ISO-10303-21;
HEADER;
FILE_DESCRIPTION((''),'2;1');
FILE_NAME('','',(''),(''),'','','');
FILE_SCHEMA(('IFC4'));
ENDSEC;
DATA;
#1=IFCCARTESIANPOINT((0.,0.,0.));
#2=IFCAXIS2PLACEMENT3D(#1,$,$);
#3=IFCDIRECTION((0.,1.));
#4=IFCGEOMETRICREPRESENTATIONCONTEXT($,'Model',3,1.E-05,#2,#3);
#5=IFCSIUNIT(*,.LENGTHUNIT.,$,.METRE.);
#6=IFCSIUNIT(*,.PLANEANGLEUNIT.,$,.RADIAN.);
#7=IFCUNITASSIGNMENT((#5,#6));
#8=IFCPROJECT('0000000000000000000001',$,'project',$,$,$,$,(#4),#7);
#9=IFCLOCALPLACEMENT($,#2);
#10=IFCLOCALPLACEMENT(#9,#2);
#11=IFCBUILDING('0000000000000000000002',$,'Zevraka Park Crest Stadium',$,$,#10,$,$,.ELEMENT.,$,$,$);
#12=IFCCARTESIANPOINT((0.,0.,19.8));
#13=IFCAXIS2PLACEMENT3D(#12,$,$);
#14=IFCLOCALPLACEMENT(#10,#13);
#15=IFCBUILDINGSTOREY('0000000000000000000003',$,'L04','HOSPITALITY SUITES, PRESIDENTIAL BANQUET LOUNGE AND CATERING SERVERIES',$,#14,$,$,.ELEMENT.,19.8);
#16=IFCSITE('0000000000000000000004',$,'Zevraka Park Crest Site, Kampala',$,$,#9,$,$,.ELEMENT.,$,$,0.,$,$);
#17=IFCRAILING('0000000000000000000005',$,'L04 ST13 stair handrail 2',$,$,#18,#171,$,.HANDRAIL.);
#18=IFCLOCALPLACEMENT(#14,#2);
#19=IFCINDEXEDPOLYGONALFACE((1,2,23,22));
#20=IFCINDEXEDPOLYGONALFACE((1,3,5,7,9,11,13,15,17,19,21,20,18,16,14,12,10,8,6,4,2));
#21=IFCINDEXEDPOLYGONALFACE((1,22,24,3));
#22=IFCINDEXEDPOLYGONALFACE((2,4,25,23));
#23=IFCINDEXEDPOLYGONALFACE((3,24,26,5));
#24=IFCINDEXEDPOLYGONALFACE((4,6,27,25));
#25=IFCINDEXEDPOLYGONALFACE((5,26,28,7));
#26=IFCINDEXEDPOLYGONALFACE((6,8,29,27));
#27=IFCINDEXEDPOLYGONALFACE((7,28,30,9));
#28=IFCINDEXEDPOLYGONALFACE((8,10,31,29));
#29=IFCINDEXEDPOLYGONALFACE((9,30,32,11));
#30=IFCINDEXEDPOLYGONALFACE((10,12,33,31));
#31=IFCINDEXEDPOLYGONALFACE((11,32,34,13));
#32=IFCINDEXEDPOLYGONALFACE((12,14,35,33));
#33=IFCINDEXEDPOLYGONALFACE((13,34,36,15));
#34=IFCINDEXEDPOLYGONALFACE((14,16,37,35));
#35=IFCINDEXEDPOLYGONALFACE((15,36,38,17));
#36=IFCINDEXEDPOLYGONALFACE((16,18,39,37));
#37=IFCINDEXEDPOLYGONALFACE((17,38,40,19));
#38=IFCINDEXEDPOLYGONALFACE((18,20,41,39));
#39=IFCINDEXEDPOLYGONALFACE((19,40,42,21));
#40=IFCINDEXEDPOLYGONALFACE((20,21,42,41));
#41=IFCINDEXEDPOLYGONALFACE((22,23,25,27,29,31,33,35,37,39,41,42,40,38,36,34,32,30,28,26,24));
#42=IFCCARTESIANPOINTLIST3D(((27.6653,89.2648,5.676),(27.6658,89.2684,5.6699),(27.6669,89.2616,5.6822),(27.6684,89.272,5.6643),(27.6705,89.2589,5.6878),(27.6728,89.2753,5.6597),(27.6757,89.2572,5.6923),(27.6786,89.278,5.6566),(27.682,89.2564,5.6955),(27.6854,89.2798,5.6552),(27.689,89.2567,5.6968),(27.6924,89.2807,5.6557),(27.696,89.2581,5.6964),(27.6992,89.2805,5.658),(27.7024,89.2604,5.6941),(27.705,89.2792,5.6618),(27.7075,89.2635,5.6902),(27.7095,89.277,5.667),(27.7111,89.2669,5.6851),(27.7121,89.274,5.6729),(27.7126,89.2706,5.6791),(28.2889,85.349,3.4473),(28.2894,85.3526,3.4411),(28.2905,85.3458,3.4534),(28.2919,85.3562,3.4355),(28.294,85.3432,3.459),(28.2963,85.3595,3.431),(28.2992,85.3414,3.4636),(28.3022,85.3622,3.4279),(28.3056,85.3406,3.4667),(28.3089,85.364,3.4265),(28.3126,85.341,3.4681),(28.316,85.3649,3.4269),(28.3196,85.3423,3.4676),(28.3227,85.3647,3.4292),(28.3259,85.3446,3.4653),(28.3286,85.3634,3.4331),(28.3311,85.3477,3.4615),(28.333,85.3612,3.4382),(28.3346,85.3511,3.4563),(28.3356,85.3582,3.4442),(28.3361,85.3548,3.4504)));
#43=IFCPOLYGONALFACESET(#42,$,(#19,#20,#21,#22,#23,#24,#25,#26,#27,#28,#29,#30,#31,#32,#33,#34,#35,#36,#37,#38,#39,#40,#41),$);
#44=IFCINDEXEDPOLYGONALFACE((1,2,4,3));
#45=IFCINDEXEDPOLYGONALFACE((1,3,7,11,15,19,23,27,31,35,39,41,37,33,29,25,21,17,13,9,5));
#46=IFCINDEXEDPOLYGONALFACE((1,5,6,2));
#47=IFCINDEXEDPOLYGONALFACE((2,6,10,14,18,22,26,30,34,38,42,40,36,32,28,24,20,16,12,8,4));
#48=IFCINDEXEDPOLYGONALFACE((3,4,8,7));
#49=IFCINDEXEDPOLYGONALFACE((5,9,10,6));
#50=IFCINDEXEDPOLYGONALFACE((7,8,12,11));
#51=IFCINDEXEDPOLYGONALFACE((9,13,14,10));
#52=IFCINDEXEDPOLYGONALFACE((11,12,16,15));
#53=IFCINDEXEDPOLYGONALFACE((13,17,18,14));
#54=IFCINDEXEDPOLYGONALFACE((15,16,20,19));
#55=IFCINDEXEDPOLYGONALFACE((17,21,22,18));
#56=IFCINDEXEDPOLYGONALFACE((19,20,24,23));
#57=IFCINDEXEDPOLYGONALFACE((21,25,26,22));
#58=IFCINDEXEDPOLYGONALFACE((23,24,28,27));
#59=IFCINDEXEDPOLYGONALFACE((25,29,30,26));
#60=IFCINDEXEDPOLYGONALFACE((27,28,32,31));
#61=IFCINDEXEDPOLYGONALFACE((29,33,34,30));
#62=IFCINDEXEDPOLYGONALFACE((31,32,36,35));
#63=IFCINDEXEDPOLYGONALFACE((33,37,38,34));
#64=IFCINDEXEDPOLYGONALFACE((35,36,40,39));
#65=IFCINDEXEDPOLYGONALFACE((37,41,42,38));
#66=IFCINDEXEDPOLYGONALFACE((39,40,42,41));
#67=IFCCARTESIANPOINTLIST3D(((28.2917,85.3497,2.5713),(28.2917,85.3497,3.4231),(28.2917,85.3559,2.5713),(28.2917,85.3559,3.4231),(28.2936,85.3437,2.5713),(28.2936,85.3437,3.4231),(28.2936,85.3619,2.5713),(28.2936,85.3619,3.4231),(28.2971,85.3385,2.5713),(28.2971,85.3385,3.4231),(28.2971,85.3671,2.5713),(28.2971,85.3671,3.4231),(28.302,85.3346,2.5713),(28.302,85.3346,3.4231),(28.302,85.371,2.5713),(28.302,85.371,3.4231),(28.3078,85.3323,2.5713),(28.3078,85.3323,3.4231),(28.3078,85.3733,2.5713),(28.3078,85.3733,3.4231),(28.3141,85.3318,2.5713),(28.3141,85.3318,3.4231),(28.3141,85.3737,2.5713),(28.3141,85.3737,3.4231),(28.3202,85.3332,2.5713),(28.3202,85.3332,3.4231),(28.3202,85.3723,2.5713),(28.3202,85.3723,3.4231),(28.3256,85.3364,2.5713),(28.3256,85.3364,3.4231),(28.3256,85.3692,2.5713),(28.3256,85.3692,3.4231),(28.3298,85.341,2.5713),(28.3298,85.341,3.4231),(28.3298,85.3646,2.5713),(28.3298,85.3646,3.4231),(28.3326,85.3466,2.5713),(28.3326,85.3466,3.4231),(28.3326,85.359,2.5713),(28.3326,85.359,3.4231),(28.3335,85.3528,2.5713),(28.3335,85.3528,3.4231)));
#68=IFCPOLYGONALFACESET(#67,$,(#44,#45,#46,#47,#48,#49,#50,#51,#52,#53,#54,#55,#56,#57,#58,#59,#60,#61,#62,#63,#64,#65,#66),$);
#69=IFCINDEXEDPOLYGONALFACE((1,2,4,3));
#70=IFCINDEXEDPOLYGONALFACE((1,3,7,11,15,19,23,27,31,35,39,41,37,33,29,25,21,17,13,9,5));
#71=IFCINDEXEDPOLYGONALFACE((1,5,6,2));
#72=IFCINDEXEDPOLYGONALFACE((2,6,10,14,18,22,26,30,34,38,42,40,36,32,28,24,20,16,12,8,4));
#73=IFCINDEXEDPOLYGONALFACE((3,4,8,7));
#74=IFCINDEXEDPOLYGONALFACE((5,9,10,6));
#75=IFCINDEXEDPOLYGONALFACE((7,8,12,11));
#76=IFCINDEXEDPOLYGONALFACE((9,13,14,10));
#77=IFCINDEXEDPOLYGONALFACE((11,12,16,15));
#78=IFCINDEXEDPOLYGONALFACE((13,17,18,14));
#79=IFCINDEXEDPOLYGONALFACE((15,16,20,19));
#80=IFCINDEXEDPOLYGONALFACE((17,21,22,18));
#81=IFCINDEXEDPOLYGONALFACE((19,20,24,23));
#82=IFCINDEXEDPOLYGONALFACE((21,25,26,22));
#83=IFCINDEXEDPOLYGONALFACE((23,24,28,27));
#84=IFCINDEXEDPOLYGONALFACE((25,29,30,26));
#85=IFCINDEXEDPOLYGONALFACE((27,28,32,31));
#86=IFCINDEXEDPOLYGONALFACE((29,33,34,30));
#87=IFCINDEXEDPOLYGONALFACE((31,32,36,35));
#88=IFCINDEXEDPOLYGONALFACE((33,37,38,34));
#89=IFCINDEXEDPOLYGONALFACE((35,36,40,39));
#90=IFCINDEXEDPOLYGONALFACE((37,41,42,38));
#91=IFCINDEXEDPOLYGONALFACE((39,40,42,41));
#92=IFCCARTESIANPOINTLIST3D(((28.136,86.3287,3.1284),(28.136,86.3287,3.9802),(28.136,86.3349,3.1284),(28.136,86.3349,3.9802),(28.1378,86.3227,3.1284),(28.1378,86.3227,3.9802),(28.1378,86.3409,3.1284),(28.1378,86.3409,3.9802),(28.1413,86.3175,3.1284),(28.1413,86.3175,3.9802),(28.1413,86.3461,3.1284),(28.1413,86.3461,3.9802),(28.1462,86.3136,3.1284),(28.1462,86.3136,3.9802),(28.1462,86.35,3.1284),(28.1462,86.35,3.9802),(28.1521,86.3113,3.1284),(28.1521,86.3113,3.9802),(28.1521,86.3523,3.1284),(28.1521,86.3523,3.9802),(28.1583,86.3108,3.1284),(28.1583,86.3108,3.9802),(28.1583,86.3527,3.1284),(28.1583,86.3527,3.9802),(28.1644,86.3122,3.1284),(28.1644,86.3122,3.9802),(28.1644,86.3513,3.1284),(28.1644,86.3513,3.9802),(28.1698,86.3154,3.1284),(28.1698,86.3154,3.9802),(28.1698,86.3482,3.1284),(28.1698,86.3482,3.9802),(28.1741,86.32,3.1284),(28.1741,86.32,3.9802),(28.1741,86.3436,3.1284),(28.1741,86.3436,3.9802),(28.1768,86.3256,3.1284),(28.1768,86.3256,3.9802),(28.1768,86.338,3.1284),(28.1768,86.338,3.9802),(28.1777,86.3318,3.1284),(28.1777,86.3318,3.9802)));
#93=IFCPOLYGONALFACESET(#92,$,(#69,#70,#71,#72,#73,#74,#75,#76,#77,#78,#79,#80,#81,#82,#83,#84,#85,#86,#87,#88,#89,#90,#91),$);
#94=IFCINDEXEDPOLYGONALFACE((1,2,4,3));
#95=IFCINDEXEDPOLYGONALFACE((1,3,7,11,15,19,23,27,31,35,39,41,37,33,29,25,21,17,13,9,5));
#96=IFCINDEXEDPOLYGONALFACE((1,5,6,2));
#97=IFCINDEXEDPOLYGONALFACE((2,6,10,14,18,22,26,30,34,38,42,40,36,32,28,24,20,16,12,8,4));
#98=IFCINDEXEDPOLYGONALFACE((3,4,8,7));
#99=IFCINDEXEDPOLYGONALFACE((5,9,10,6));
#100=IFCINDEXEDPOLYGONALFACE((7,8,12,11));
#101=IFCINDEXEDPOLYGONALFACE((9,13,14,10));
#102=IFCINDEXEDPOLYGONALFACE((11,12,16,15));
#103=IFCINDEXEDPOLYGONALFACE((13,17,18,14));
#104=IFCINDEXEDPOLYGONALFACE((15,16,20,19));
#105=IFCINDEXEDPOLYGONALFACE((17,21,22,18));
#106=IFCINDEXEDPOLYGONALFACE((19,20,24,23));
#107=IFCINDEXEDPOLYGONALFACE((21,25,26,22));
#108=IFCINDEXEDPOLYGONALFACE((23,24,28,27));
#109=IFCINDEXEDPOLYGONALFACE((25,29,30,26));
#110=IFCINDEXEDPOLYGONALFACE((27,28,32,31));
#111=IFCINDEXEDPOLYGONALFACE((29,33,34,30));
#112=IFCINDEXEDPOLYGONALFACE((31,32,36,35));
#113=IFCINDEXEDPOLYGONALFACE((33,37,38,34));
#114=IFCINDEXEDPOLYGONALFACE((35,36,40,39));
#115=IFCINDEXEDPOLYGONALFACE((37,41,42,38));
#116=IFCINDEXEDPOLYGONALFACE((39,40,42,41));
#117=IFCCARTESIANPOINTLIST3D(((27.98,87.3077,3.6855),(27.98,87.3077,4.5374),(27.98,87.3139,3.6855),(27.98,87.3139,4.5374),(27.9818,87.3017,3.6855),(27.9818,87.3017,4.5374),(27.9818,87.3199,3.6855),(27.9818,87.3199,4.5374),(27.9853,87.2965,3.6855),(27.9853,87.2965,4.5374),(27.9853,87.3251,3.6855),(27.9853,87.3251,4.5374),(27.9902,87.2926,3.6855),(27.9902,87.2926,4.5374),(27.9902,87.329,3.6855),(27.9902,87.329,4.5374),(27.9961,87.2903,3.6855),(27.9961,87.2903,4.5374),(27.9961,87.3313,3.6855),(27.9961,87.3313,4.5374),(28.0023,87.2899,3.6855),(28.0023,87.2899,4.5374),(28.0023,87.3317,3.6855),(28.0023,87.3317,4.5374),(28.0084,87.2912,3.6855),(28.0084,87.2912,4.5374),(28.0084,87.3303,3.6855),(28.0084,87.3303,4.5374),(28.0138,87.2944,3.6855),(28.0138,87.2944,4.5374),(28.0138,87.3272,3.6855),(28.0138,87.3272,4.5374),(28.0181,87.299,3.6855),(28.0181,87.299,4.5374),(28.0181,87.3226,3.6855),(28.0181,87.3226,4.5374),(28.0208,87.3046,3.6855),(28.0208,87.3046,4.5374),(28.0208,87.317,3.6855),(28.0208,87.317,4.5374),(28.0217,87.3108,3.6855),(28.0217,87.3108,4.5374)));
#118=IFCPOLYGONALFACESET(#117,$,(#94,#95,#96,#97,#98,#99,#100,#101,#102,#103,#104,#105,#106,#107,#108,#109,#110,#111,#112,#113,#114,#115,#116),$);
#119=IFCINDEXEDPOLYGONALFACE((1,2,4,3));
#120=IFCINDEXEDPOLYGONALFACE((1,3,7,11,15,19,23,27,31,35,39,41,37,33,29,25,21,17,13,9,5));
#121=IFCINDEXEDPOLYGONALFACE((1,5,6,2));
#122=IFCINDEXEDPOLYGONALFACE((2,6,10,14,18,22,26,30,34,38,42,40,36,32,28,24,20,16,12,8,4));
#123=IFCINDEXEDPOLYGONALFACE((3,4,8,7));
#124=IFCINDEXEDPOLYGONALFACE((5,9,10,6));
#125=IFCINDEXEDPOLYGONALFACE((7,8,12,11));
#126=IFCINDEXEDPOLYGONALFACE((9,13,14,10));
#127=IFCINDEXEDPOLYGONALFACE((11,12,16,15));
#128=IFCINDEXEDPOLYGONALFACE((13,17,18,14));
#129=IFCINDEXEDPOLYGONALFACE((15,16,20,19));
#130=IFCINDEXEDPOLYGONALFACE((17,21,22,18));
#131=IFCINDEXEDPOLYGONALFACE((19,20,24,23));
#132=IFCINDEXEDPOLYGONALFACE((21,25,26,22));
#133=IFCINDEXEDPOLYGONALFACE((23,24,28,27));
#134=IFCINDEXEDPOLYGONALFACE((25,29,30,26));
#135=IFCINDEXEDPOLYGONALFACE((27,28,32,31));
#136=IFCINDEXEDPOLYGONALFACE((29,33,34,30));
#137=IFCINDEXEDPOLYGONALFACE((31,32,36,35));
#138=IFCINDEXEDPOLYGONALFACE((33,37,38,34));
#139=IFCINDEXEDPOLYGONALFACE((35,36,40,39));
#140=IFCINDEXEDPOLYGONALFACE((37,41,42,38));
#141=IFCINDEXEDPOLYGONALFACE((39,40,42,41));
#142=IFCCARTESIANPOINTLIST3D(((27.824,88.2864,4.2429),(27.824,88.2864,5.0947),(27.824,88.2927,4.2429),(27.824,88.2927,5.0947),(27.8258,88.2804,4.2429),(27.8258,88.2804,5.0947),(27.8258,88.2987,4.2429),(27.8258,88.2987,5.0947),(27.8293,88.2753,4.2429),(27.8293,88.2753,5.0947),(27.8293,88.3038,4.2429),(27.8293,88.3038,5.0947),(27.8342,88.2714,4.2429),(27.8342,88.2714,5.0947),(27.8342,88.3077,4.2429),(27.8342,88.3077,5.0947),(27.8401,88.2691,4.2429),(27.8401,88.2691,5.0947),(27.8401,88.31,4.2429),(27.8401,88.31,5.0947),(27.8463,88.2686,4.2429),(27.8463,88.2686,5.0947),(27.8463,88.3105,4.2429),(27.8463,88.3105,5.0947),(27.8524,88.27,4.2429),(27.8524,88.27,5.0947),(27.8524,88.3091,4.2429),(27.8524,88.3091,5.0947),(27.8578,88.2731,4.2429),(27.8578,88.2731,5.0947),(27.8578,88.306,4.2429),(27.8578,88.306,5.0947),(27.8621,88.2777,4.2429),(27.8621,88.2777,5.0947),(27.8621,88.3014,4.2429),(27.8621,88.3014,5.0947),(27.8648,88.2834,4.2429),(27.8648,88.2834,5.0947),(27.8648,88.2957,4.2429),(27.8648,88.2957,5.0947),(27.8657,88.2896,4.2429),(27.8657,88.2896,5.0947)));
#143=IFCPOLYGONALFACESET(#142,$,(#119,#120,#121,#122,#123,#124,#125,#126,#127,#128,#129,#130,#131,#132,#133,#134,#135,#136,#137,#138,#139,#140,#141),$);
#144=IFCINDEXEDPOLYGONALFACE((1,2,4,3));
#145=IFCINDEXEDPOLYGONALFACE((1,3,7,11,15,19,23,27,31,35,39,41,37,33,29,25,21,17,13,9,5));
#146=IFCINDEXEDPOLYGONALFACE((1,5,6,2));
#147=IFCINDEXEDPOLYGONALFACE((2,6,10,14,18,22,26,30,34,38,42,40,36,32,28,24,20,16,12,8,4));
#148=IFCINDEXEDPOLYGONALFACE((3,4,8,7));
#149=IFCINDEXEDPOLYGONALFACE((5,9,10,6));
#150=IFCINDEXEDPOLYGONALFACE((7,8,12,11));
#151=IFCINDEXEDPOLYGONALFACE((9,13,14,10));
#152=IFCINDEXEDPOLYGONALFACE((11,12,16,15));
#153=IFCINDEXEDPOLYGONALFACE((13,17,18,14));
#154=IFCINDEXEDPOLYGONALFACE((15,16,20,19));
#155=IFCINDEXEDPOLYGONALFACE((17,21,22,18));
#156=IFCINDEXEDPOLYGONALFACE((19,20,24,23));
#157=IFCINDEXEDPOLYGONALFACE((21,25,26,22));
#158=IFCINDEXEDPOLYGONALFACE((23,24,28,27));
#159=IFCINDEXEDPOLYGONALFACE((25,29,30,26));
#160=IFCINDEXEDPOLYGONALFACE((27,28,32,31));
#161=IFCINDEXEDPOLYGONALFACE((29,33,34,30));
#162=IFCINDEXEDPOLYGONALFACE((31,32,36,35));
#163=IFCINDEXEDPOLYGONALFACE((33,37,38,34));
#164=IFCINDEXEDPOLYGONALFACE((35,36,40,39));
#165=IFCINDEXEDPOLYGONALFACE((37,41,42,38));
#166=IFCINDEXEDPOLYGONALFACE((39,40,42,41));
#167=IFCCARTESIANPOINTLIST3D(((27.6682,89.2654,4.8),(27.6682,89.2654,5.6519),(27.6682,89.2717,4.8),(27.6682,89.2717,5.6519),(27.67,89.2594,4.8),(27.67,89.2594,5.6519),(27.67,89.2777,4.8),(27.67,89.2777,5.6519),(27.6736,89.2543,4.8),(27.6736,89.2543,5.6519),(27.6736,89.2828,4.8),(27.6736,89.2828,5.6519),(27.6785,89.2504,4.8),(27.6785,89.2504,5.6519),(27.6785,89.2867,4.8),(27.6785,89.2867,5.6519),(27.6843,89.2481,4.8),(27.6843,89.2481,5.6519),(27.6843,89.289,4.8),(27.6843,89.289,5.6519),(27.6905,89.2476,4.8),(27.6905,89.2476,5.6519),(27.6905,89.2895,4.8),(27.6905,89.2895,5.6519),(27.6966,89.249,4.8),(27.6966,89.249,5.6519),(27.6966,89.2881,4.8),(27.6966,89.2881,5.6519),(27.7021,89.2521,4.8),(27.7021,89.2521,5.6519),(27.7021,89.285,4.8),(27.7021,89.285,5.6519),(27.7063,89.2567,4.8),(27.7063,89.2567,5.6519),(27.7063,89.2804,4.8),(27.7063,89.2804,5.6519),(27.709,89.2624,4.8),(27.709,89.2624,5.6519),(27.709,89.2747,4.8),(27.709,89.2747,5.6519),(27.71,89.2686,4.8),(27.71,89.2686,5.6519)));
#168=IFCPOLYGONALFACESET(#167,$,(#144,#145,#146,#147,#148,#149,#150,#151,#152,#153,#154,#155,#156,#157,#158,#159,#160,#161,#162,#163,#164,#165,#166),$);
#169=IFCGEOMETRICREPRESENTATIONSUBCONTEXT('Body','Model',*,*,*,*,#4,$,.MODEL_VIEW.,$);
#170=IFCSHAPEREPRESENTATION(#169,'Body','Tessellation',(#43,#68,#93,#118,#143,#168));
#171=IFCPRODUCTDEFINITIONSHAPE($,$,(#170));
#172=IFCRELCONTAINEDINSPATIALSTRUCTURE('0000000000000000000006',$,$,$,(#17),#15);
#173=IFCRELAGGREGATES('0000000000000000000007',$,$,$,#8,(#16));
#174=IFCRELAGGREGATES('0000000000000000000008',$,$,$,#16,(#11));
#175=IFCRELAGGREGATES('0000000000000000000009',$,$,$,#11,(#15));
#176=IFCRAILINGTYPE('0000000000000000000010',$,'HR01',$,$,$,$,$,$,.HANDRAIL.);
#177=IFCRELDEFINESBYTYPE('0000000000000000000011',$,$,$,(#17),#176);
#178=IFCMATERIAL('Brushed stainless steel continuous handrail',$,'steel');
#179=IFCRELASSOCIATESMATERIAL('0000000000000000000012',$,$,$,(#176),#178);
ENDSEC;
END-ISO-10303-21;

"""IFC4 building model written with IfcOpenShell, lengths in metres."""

from ifc_helpers import new_model, si_unit, direction, frame, origin, origin_2d, place, context, subcontext, project, spatial, circle, extrude, material, type_object, element, save


model = new_model("IFC4")

# Units and contexts
model_context = context("Model", 3, precision=1e-05, world=origin(), true_north=direction((0.0, 1.0)))
body_context = subcontext(model_context, "Body", "Model", "MODEL_VIEW")
ifc_project = project(units=[si_unit("LENGTHUNIT", "METRE"), si_unit("PLANEANGLEUNIT", "RADIAN")], contexts=[model_context])

# Site, building, storey
site_placement = place(None, origin())
site = spatial("IfcSite", under=ifc_project, at=site_placement, Name="Zevraka Park Crest Site, Kampala", CompositionType="ELEMENT", RefElevation=0.0)
building_placement = place(site_placement, origin())
building = spatial("IfcBuilding", under=site, at=building_placement, Name="Zevraka Park Crest Stadium", CompositionType="ELEMENT")
storey_placement = place(building_placement, frame((0.0, 0.0, 19.8)))
storey = spatial("IfcBuildingStorey", under=building, at=storey_placement, Name="L04", Description="HOSPITALITY SUITES, PRESIDENTIAL BANQUET LOUNGE AND CATERING SERVERIES", CompositionType="ELEMENT", Elevation=19.8)

# Railing
ifc_material_1 = material(Name="Brushed stainless steel continuous handrail", Category="steel")
railing_type_1 = type_object("IfcRailingType", Name="HR01", PredefinedType="HANDRAIL", material=ifc_material_1)
railing_1_placement = place(storey_placement, frame((28.3125, 85.3528, 2.5713)))
element("IfcRailing", 1, at=railing_1_placement, inside=storey, type_object=railing_type_1, Name="L04 ST13 stair handrail 2", PredefinedType="HANDRAIL", context=body_context, shape_type="SweptSolid", body=[
    extrude(circle(Radius=0.0239, at=origin_2d()), frame((0.0, 0.0, 0.876), z_axis=(-0.137084, 0.860881, 0.489992), x_axis=(-0.987558, -0.157256, 0.0)), (0.0, 0.0, 1.0), 4.5486),
    extrude(circle(Radius=0.021, at=origin_2d()), origin(), (0.0, 0.0, 1.0), 0.8518),
    extrude(circle(Radius=0.021, at=origin_2d()), frame((-0.1558, 0.979, 0.5571)), (0.0, 0.0, 1.0), 0.8518),
    extrude(circle(Radius=0.021, at=origin_2d()), frame((-0.3118, 1.958, 1.1143)), (0.0, 0.0, 1.0), 0.8518),
    extrude(circle(Radius=0.021, at=origin_2d()), frame((-0.4678, 2.9368, 1.6716)), (0.0, 0.0, 1.0), 0.8518),
    extrude(circle(Radius=0.021, at=origin_2d()), frame((-0.6235, 3.9158, 2.2288)), (0.0, 0.0, 1.0), 0.8518),
])

save(model, "model.ifc")
